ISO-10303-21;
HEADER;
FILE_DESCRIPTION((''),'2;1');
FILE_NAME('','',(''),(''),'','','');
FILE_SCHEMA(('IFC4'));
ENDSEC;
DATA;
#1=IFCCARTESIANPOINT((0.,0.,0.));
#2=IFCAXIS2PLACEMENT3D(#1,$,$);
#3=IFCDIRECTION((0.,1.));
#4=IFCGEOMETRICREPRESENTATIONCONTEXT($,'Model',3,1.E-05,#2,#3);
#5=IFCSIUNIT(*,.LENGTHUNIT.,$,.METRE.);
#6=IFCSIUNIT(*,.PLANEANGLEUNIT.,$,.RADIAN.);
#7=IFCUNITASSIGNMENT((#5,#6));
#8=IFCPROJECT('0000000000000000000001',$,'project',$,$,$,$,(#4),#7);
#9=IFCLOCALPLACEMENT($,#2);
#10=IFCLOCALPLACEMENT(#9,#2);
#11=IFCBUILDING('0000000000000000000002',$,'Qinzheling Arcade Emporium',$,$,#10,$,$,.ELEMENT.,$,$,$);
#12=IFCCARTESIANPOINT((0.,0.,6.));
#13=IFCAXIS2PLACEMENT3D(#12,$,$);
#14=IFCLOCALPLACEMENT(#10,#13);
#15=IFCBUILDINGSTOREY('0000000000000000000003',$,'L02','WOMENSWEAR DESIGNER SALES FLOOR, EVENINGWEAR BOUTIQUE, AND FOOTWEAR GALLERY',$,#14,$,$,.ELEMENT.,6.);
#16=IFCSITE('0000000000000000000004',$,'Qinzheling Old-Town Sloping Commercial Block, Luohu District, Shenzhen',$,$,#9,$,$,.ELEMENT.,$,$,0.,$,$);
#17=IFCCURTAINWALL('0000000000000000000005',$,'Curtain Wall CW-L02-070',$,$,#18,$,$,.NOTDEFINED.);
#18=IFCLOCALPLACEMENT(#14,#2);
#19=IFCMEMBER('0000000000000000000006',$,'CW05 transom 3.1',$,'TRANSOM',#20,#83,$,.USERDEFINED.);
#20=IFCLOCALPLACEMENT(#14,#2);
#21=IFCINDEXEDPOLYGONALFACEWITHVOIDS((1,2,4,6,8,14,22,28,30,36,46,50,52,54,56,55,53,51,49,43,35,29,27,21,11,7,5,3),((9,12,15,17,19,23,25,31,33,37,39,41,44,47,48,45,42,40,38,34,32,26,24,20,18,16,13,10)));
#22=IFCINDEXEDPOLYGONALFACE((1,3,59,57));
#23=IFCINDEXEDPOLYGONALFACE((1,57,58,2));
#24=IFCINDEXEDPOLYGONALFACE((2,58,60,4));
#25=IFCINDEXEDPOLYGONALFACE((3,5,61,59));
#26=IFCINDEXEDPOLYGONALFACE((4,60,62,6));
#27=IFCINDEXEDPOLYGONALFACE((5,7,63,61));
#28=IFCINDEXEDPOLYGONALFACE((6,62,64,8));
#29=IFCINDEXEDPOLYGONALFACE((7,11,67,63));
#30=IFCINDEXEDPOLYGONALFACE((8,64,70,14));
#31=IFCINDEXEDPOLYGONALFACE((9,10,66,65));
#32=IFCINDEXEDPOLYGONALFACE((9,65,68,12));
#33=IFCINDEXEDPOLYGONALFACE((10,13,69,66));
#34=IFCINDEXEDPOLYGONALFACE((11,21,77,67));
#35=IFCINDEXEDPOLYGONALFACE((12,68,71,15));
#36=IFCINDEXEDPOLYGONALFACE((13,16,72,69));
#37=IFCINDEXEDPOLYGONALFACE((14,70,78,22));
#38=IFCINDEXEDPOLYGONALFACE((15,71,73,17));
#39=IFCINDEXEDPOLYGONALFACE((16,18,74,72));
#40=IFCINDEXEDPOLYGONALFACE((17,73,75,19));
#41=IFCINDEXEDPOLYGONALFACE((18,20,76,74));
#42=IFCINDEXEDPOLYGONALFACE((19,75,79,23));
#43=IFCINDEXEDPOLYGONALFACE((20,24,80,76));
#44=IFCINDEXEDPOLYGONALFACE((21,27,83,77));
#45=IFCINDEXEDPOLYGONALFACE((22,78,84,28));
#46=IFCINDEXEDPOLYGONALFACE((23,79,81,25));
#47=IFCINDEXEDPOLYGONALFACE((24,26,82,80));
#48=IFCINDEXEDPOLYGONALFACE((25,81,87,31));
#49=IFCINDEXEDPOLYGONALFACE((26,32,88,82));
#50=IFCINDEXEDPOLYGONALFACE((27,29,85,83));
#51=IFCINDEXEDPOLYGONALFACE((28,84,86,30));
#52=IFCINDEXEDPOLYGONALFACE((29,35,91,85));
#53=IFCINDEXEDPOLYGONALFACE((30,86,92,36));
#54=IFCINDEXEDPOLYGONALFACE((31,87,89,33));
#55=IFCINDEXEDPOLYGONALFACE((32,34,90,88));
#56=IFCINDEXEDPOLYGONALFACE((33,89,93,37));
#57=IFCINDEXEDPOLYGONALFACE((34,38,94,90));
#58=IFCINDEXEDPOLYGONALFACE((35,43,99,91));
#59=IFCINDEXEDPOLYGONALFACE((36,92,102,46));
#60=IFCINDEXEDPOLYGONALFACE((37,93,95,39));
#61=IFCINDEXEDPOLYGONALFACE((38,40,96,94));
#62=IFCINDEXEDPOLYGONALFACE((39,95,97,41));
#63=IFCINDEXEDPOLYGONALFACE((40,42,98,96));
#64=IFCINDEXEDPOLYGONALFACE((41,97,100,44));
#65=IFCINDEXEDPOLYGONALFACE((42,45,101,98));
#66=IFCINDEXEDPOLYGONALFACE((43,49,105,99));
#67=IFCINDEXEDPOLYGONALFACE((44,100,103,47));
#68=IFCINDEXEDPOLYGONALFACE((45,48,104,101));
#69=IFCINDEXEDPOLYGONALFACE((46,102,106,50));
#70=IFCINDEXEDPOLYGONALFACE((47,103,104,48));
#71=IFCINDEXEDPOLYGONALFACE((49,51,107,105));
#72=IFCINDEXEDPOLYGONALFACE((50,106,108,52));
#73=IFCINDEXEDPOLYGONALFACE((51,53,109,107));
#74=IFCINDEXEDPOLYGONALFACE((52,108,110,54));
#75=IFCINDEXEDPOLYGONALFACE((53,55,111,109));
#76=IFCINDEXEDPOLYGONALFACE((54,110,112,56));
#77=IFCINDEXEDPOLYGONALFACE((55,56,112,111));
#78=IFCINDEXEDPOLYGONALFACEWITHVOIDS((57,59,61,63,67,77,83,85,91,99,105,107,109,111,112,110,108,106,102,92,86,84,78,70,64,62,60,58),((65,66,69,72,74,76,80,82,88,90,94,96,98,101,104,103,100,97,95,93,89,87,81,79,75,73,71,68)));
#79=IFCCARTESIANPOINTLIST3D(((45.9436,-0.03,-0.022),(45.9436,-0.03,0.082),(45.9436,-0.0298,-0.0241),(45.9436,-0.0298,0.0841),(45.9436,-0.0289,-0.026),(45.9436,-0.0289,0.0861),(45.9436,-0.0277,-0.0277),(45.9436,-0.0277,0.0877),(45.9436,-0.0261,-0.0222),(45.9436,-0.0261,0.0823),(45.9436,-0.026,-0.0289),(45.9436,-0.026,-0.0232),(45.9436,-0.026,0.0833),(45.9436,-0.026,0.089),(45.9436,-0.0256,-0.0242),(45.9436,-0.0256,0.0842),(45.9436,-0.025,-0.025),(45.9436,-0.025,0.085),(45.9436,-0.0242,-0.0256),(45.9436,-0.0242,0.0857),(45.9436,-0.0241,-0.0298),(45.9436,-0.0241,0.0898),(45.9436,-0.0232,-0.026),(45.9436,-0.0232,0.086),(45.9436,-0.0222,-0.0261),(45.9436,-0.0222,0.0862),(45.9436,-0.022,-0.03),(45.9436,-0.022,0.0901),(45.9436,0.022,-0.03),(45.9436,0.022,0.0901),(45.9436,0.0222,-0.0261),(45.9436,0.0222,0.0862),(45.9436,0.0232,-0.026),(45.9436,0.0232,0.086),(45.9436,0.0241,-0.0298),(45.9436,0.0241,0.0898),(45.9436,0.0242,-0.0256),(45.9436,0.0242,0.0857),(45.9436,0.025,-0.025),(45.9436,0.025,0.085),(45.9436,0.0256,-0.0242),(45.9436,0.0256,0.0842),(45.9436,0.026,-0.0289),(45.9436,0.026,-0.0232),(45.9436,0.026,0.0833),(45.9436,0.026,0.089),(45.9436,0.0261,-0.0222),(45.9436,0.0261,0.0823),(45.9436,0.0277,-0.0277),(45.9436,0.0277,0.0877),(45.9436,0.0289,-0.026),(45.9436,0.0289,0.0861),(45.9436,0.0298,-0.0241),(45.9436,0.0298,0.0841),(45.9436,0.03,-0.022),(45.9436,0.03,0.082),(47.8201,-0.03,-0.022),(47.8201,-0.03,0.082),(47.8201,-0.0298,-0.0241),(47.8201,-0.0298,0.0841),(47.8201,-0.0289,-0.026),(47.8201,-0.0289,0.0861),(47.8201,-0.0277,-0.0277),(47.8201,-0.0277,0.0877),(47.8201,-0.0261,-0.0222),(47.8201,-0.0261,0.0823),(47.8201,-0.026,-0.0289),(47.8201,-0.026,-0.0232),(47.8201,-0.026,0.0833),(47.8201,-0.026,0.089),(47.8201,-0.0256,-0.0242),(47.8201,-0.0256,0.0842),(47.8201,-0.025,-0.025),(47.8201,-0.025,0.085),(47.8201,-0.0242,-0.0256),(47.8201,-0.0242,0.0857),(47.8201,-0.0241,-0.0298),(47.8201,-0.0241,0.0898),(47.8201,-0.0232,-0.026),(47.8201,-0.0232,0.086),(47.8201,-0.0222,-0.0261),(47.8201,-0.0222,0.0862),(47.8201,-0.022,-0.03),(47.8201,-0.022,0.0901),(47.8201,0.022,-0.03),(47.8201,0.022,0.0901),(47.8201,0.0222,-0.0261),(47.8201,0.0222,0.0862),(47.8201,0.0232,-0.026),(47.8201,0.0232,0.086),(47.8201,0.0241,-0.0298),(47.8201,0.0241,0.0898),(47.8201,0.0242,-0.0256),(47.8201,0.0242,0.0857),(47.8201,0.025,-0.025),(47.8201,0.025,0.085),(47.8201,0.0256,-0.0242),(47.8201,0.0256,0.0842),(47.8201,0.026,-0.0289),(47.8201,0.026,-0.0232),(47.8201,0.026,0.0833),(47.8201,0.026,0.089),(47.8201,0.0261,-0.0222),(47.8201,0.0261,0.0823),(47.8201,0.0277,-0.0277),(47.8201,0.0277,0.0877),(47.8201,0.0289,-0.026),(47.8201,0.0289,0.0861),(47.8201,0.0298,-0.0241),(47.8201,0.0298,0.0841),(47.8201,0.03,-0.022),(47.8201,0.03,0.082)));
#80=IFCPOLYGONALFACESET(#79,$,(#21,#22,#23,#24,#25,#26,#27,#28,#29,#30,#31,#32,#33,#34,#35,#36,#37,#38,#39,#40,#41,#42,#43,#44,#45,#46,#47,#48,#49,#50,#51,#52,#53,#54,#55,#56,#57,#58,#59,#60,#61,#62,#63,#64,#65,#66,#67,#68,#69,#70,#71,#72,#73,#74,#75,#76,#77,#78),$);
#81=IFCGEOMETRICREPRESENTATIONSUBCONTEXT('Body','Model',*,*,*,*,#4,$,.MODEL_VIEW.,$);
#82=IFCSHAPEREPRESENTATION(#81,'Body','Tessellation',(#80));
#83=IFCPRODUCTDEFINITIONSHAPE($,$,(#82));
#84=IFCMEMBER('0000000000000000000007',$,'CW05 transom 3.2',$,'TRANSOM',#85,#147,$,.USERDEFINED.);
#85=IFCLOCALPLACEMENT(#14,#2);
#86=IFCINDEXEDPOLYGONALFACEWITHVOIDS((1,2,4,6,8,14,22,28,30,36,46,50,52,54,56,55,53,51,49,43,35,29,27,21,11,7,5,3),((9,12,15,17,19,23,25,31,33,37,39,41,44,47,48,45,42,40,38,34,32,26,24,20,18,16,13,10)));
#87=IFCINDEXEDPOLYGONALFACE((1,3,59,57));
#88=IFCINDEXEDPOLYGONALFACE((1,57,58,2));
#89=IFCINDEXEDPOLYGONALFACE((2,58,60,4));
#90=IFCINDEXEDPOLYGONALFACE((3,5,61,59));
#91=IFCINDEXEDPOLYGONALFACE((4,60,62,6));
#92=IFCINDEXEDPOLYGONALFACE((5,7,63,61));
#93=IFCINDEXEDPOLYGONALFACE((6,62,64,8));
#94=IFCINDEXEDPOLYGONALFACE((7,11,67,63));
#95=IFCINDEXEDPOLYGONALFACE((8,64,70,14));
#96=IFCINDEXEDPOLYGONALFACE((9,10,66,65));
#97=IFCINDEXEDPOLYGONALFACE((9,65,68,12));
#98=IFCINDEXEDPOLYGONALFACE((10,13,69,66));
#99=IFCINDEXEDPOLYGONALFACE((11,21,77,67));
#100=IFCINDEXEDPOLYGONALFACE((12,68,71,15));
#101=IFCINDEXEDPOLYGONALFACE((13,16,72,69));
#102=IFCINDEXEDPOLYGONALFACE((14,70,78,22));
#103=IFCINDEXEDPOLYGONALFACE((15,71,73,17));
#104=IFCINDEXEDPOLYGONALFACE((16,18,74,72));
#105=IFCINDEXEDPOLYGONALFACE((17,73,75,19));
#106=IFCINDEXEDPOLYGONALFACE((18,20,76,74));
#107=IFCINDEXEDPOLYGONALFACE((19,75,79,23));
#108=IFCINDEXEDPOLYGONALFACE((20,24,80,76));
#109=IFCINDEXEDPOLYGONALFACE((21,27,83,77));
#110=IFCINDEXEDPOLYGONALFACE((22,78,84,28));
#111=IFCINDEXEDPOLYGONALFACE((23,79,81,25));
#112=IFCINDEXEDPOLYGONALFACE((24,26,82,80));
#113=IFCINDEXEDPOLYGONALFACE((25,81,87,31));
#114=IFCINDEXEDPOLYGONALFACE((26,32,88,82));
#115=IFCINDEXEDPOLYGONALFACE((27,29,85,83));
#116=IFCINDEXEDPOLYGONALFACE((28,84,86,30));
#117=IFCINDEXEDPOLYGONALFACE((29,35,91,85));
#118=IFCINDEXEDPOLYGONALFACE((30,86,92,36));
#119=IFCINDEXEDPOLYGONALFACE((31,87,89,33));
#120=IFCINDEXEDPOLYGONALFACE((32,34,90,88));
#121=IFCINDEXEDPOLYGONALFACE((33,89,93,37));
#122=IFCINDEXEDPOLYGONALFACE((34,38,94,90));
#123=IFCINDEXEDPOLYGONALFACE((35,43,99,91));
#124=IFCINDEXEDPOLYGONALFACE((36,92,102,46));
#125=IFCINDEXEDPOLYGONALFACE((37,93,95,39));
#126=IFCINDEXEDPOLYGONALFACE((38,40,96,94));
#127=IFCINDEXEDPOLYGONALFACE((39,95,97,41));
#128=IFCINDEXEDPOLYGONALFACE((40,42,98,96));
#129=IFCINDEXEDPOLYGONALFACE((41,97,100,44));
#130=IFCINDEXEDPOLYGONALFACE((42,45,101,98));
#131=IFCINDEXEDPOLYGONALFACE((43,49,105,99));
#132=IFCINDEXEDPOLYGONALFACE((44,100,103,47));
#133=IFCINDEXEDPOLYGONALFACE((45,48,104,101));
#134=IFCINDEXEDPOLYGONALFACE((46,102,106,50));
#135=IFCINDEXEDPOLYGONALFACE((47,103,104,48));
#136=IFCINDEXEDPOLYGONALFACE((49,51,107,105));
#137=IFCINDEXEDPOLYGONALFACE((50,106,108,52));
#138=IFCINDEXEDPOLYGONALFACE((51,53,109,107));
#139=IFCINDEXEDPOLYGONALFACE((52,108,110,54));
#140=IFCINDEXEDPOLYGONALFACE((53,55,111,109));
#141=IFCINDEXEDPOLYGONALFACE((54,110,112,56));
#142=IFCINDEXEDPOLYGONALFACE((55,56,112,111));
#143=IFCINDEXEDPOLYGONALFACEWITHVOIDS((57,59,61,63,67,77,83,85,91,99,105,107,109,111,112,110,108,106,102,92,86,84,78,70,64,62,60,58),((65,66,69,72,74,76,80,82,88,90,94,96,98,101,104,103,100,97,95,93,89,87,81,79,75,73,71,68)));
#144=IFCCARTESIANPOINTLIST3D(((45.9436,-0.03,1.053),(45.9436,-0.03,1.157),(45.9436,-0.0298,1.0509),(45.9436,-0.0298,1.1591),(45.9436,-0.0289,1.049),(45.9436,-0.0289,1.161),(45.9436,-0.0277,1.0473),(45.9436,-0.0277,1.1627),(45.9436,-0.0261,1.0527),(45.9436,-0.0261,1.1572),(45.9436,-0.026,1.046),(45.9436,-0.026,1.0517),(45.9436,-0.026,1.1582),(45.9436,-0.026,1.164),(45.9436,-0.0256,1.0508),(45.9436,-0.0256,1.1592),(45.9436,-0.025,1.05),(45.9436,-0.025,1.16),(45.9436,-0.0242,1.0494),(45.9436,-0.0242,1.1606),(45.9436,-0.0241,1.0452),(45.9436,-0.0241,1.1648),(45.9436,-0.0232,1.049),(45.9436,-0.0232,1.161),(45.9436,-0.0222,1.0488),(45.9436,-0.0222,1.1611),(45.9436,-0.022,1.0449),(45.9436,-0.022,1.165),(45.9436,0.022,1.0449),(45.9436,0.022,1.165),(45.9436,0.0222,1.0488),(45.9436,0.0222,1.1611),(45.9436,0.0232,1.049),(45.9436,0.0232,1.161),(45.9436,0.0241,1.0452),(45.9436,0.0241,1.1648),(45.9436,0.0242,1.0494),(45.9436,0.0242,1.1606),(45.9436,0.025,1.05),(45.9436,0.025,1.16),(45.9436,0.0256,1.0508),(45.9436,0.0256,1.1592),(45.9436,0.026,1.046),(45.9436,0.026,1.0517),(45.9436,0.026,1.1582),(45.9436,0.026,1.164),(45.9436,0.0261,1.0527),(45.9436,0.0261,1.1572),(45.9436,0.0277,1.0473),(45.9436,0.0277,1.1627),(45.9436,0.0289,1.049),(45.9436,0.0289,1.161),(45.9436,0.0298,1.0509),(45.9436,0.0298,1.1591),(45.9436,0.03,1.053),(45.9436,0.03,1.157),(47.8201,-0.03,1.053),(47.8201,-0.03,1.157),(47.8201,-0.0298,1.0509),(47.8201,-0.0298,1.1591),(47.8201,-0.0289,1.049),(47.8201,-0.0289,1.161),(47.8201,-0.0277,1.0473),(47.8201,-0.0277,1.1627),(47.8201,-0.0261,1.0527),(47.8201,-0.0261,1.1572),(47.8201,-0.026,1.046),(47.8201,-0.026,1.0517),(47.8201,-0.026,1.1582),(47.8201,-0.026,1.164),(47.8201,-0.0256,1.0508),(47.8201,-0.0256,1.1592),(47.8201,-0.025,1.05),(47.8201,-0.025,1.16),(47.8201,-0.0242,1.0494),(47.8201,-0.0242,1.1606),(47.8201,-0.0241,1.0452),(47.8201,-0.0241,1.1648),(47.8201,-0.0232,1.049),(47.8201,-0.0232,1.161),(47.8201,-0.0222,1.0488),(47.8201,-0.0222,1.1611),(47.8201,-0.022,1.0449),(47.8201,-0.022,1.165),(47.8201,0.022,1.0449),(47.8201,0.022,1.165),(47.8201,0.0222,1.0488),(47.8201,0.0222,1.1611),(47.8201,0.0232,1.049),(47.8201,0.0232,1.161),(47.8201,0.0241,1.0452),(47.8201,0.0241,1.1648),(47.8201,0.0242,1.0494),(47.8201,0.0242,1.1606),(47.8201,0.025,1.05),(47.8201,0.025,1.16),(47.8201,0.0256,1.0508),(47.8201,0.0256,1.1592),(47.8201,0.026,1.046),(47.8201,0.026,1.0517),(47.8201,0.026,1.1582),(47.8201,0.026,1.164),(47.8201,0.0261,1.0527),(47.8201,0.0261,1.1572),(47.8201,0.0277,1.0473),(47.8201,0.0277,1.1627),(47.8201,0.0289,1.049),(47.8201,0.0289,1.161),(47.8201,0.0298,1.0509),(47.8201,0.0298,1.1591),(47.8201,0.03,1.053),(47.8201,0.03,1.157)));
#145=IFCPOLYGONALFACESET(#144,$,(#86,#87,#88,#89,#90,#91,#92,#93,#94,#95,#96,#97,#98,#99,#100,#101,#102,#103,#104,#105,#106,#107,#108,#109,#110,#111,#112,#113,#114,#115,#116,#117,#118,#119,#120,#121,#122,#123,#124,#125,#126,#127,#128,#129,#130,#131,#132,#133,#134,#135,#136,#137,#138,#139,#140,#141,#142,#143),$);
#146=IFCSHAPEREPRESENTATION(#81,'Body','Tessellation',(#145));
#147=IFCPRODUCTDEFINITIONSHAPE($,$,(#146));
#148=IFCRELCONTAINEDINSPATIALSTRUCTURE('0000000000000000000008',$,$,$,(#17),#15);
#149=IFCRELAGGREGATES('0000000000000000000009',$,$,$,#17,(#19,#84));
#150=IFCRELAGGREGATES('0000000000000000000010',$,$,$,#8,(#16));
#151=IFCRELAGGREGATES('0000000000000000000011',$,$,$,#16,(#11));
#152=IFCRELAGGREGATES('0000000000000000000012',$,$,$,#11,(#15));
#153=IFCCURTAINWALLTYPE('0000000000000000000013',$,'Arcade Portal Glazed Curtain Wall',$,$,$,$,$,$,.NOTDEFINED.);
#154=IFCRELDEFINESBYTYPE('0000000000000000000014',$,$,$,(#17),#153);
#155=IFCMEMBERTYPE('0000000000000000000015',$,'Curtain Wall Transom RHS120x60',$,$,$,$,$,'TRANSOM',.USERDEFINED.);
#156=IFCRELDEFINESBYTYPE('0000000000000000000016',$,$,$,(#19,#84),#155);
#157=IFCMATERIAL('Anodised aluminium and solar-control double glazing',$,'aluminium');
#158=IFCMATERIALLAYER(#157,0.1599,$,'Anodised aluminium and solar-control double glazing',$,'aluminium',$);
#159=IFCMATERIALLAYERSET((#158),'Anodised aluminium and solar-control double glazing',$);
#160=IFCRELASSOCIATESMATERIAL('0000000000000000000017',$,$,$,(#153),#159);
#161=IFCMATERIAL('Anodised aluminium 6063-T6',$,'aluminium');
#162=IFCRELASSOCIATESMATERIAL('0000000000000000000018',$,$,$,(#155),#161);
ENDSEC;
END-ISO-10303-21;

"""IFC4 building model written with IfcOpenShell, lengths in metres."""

from ifc_helpers import new_model, si_unit, direction, frame, origin, origin_2d, place, context, subcontext, project, spatial, hollow_rectangle, extrude, material, layer, layer_set, material_profile, profile_set, type_object, element, aggregate, save


model = new_model("IFC4")

# Units and contexts
model_context = context("Model", 3, precision=1e-05, world=origin(), true_north=direction((0.0, 1.0)))
body_context = subcontext(model_context, "Body", "Model", "MODEL_VIEW")
ifc_project = project(units=[si_unit("LENGTHUNIT", "METRE"), si_unit("PLANEANGLEUNIT", "RADIAN")], contexts=[model_context])

# Site, building, storey
site_placement = place(None, origin())
site = spatial("IfcSite", under=ifc_project, at=site_placement, Name="Qinzheling Old-Town Sloping Commercial Block, Luohu District, Shenzhen", CompositionType="ELEMENT", RefElevation=0.0)
building_placement = place(site_placement, origin())
building = spatial("IfcBuilding", under=site, at=building_placement, Name="Qinzheling Arcade Emporium", CompositionType="ELEMENT")
storey_placement = place(building_placement, frame((0.0, 0.0, 6.0)))
storey = spatial("IfcBuildingStorey", under=building, at=storey_placement, Name="L02", Description="WOMENSWEAR DESIGNER SALES FLOOR, EVENINGWEAR BOUTIQUE, AND FOOTWEAR GALLERY", CompositionType="ELEMENT", Elevation=6.0)

# Curtain wall, members
ifc_material_1 = material(Name="Anodised aluminium and solar-control double glazing", Category="aluminium")
ifc_layer_1 = layer(ifc_material_1, 0.1599, Name="Anodised aluminium and solar-control double glazing", Category="aluminium")
ifc_layer_set_1 = layer_set([ifc_layer_1], Name="Anodised aluminium and solar-control double glazing")
curtain_wall_type = type_object("IfcCurtainWallType", Name="Arcade Portal Glazed Curtain Wall", PredefinedType="NOTDEFINED", material=ifc_layer_set_1)
curtain_wall_placement = place(storey_placement, origin())
curtain_wall = element("IfcCurtainWall", 1, at=curtain_wall_placement, inside=storey, type_object=curtain_wall_type, Name="Curtain Wall CW-L02-070", PredefinedType="NOTDEFINED")
ifc_material_2 = material(Name="Anodised aluminium 6063-T6", Category="aluminium")
ifc_material_profile_1 = material_profile(ifc_material_2, hollow_rectangle(XDim=0.0601, YDim=0.1201, WallThickness=0.0039, InnerFilletRadius=0.0039, OuterFilletRadius=0.0081, at=origin_2d()), Name="RHS 120x60x4", Category="aluminium")
ifc_profile_set_1 = profile_set([ifc_material_profile_1], Name="Anodised aluminium 6063-T6")
member_type_1 = type_object("IfcMemberType", Name="Curtain Wall Transom RHS120x60", ElementType="TRANSOM", PredefinedType="USERDEFINED", material=ifc_profile_set_1)
member_1_placement = place(storey_placement, frame((47.8201, 0.0, 0.03), z_axis=(-1.0, 0.0, 0.0), x_axis=(0.0, -1.0, 0.0)))
member_1 = element("IfcMember", 2, at=member_1_placement, type_object=member_type_1, Name="CW05 transom 3.1", ObjectType="TRANSOM", PredefinedType="USERDEFINED", context=body_context, shape_type="SweptSolid", body=[
    extrude(hollow_rectangle(XDim=0.0601, YDim=0.1201, WallThickness=0.0039, InnerFilletRadius=0.0039, OuterFilletRadius=0.0081, at=origin_2d()), origin(), (0.0, 0.0, 1.0), 1.8765),
])
member_2_placement = place(storey_placement, frame((47.8201, 0.0, 1.105), z_axis=(-1.0, 0.0, 0.0), x_axis=(0.0, -1.0, 0.0)))
member_2 = element("IfcMember", 3, at=member_2_placement, type_object=member_type_1, Name="CW05 transom 3.2", ObjectType="TRANSOM", PredefinedType="USERDEFINED", context=body_context, shape_type="SweptSolid", body=[
    extrude(hollow_rectangle(XDim=0.0601, YDim=0.1201, WallThickness=0.0039, InnerFilletRadius=0.0039, OuterFilletRadius=0.0081, at=origin_2d()), origin(), (0.0, 0.0, 1.0), 1.8765),
])
aggregate(curtain_wall, [member_1, member_2])

save(model, "model.ifc")
